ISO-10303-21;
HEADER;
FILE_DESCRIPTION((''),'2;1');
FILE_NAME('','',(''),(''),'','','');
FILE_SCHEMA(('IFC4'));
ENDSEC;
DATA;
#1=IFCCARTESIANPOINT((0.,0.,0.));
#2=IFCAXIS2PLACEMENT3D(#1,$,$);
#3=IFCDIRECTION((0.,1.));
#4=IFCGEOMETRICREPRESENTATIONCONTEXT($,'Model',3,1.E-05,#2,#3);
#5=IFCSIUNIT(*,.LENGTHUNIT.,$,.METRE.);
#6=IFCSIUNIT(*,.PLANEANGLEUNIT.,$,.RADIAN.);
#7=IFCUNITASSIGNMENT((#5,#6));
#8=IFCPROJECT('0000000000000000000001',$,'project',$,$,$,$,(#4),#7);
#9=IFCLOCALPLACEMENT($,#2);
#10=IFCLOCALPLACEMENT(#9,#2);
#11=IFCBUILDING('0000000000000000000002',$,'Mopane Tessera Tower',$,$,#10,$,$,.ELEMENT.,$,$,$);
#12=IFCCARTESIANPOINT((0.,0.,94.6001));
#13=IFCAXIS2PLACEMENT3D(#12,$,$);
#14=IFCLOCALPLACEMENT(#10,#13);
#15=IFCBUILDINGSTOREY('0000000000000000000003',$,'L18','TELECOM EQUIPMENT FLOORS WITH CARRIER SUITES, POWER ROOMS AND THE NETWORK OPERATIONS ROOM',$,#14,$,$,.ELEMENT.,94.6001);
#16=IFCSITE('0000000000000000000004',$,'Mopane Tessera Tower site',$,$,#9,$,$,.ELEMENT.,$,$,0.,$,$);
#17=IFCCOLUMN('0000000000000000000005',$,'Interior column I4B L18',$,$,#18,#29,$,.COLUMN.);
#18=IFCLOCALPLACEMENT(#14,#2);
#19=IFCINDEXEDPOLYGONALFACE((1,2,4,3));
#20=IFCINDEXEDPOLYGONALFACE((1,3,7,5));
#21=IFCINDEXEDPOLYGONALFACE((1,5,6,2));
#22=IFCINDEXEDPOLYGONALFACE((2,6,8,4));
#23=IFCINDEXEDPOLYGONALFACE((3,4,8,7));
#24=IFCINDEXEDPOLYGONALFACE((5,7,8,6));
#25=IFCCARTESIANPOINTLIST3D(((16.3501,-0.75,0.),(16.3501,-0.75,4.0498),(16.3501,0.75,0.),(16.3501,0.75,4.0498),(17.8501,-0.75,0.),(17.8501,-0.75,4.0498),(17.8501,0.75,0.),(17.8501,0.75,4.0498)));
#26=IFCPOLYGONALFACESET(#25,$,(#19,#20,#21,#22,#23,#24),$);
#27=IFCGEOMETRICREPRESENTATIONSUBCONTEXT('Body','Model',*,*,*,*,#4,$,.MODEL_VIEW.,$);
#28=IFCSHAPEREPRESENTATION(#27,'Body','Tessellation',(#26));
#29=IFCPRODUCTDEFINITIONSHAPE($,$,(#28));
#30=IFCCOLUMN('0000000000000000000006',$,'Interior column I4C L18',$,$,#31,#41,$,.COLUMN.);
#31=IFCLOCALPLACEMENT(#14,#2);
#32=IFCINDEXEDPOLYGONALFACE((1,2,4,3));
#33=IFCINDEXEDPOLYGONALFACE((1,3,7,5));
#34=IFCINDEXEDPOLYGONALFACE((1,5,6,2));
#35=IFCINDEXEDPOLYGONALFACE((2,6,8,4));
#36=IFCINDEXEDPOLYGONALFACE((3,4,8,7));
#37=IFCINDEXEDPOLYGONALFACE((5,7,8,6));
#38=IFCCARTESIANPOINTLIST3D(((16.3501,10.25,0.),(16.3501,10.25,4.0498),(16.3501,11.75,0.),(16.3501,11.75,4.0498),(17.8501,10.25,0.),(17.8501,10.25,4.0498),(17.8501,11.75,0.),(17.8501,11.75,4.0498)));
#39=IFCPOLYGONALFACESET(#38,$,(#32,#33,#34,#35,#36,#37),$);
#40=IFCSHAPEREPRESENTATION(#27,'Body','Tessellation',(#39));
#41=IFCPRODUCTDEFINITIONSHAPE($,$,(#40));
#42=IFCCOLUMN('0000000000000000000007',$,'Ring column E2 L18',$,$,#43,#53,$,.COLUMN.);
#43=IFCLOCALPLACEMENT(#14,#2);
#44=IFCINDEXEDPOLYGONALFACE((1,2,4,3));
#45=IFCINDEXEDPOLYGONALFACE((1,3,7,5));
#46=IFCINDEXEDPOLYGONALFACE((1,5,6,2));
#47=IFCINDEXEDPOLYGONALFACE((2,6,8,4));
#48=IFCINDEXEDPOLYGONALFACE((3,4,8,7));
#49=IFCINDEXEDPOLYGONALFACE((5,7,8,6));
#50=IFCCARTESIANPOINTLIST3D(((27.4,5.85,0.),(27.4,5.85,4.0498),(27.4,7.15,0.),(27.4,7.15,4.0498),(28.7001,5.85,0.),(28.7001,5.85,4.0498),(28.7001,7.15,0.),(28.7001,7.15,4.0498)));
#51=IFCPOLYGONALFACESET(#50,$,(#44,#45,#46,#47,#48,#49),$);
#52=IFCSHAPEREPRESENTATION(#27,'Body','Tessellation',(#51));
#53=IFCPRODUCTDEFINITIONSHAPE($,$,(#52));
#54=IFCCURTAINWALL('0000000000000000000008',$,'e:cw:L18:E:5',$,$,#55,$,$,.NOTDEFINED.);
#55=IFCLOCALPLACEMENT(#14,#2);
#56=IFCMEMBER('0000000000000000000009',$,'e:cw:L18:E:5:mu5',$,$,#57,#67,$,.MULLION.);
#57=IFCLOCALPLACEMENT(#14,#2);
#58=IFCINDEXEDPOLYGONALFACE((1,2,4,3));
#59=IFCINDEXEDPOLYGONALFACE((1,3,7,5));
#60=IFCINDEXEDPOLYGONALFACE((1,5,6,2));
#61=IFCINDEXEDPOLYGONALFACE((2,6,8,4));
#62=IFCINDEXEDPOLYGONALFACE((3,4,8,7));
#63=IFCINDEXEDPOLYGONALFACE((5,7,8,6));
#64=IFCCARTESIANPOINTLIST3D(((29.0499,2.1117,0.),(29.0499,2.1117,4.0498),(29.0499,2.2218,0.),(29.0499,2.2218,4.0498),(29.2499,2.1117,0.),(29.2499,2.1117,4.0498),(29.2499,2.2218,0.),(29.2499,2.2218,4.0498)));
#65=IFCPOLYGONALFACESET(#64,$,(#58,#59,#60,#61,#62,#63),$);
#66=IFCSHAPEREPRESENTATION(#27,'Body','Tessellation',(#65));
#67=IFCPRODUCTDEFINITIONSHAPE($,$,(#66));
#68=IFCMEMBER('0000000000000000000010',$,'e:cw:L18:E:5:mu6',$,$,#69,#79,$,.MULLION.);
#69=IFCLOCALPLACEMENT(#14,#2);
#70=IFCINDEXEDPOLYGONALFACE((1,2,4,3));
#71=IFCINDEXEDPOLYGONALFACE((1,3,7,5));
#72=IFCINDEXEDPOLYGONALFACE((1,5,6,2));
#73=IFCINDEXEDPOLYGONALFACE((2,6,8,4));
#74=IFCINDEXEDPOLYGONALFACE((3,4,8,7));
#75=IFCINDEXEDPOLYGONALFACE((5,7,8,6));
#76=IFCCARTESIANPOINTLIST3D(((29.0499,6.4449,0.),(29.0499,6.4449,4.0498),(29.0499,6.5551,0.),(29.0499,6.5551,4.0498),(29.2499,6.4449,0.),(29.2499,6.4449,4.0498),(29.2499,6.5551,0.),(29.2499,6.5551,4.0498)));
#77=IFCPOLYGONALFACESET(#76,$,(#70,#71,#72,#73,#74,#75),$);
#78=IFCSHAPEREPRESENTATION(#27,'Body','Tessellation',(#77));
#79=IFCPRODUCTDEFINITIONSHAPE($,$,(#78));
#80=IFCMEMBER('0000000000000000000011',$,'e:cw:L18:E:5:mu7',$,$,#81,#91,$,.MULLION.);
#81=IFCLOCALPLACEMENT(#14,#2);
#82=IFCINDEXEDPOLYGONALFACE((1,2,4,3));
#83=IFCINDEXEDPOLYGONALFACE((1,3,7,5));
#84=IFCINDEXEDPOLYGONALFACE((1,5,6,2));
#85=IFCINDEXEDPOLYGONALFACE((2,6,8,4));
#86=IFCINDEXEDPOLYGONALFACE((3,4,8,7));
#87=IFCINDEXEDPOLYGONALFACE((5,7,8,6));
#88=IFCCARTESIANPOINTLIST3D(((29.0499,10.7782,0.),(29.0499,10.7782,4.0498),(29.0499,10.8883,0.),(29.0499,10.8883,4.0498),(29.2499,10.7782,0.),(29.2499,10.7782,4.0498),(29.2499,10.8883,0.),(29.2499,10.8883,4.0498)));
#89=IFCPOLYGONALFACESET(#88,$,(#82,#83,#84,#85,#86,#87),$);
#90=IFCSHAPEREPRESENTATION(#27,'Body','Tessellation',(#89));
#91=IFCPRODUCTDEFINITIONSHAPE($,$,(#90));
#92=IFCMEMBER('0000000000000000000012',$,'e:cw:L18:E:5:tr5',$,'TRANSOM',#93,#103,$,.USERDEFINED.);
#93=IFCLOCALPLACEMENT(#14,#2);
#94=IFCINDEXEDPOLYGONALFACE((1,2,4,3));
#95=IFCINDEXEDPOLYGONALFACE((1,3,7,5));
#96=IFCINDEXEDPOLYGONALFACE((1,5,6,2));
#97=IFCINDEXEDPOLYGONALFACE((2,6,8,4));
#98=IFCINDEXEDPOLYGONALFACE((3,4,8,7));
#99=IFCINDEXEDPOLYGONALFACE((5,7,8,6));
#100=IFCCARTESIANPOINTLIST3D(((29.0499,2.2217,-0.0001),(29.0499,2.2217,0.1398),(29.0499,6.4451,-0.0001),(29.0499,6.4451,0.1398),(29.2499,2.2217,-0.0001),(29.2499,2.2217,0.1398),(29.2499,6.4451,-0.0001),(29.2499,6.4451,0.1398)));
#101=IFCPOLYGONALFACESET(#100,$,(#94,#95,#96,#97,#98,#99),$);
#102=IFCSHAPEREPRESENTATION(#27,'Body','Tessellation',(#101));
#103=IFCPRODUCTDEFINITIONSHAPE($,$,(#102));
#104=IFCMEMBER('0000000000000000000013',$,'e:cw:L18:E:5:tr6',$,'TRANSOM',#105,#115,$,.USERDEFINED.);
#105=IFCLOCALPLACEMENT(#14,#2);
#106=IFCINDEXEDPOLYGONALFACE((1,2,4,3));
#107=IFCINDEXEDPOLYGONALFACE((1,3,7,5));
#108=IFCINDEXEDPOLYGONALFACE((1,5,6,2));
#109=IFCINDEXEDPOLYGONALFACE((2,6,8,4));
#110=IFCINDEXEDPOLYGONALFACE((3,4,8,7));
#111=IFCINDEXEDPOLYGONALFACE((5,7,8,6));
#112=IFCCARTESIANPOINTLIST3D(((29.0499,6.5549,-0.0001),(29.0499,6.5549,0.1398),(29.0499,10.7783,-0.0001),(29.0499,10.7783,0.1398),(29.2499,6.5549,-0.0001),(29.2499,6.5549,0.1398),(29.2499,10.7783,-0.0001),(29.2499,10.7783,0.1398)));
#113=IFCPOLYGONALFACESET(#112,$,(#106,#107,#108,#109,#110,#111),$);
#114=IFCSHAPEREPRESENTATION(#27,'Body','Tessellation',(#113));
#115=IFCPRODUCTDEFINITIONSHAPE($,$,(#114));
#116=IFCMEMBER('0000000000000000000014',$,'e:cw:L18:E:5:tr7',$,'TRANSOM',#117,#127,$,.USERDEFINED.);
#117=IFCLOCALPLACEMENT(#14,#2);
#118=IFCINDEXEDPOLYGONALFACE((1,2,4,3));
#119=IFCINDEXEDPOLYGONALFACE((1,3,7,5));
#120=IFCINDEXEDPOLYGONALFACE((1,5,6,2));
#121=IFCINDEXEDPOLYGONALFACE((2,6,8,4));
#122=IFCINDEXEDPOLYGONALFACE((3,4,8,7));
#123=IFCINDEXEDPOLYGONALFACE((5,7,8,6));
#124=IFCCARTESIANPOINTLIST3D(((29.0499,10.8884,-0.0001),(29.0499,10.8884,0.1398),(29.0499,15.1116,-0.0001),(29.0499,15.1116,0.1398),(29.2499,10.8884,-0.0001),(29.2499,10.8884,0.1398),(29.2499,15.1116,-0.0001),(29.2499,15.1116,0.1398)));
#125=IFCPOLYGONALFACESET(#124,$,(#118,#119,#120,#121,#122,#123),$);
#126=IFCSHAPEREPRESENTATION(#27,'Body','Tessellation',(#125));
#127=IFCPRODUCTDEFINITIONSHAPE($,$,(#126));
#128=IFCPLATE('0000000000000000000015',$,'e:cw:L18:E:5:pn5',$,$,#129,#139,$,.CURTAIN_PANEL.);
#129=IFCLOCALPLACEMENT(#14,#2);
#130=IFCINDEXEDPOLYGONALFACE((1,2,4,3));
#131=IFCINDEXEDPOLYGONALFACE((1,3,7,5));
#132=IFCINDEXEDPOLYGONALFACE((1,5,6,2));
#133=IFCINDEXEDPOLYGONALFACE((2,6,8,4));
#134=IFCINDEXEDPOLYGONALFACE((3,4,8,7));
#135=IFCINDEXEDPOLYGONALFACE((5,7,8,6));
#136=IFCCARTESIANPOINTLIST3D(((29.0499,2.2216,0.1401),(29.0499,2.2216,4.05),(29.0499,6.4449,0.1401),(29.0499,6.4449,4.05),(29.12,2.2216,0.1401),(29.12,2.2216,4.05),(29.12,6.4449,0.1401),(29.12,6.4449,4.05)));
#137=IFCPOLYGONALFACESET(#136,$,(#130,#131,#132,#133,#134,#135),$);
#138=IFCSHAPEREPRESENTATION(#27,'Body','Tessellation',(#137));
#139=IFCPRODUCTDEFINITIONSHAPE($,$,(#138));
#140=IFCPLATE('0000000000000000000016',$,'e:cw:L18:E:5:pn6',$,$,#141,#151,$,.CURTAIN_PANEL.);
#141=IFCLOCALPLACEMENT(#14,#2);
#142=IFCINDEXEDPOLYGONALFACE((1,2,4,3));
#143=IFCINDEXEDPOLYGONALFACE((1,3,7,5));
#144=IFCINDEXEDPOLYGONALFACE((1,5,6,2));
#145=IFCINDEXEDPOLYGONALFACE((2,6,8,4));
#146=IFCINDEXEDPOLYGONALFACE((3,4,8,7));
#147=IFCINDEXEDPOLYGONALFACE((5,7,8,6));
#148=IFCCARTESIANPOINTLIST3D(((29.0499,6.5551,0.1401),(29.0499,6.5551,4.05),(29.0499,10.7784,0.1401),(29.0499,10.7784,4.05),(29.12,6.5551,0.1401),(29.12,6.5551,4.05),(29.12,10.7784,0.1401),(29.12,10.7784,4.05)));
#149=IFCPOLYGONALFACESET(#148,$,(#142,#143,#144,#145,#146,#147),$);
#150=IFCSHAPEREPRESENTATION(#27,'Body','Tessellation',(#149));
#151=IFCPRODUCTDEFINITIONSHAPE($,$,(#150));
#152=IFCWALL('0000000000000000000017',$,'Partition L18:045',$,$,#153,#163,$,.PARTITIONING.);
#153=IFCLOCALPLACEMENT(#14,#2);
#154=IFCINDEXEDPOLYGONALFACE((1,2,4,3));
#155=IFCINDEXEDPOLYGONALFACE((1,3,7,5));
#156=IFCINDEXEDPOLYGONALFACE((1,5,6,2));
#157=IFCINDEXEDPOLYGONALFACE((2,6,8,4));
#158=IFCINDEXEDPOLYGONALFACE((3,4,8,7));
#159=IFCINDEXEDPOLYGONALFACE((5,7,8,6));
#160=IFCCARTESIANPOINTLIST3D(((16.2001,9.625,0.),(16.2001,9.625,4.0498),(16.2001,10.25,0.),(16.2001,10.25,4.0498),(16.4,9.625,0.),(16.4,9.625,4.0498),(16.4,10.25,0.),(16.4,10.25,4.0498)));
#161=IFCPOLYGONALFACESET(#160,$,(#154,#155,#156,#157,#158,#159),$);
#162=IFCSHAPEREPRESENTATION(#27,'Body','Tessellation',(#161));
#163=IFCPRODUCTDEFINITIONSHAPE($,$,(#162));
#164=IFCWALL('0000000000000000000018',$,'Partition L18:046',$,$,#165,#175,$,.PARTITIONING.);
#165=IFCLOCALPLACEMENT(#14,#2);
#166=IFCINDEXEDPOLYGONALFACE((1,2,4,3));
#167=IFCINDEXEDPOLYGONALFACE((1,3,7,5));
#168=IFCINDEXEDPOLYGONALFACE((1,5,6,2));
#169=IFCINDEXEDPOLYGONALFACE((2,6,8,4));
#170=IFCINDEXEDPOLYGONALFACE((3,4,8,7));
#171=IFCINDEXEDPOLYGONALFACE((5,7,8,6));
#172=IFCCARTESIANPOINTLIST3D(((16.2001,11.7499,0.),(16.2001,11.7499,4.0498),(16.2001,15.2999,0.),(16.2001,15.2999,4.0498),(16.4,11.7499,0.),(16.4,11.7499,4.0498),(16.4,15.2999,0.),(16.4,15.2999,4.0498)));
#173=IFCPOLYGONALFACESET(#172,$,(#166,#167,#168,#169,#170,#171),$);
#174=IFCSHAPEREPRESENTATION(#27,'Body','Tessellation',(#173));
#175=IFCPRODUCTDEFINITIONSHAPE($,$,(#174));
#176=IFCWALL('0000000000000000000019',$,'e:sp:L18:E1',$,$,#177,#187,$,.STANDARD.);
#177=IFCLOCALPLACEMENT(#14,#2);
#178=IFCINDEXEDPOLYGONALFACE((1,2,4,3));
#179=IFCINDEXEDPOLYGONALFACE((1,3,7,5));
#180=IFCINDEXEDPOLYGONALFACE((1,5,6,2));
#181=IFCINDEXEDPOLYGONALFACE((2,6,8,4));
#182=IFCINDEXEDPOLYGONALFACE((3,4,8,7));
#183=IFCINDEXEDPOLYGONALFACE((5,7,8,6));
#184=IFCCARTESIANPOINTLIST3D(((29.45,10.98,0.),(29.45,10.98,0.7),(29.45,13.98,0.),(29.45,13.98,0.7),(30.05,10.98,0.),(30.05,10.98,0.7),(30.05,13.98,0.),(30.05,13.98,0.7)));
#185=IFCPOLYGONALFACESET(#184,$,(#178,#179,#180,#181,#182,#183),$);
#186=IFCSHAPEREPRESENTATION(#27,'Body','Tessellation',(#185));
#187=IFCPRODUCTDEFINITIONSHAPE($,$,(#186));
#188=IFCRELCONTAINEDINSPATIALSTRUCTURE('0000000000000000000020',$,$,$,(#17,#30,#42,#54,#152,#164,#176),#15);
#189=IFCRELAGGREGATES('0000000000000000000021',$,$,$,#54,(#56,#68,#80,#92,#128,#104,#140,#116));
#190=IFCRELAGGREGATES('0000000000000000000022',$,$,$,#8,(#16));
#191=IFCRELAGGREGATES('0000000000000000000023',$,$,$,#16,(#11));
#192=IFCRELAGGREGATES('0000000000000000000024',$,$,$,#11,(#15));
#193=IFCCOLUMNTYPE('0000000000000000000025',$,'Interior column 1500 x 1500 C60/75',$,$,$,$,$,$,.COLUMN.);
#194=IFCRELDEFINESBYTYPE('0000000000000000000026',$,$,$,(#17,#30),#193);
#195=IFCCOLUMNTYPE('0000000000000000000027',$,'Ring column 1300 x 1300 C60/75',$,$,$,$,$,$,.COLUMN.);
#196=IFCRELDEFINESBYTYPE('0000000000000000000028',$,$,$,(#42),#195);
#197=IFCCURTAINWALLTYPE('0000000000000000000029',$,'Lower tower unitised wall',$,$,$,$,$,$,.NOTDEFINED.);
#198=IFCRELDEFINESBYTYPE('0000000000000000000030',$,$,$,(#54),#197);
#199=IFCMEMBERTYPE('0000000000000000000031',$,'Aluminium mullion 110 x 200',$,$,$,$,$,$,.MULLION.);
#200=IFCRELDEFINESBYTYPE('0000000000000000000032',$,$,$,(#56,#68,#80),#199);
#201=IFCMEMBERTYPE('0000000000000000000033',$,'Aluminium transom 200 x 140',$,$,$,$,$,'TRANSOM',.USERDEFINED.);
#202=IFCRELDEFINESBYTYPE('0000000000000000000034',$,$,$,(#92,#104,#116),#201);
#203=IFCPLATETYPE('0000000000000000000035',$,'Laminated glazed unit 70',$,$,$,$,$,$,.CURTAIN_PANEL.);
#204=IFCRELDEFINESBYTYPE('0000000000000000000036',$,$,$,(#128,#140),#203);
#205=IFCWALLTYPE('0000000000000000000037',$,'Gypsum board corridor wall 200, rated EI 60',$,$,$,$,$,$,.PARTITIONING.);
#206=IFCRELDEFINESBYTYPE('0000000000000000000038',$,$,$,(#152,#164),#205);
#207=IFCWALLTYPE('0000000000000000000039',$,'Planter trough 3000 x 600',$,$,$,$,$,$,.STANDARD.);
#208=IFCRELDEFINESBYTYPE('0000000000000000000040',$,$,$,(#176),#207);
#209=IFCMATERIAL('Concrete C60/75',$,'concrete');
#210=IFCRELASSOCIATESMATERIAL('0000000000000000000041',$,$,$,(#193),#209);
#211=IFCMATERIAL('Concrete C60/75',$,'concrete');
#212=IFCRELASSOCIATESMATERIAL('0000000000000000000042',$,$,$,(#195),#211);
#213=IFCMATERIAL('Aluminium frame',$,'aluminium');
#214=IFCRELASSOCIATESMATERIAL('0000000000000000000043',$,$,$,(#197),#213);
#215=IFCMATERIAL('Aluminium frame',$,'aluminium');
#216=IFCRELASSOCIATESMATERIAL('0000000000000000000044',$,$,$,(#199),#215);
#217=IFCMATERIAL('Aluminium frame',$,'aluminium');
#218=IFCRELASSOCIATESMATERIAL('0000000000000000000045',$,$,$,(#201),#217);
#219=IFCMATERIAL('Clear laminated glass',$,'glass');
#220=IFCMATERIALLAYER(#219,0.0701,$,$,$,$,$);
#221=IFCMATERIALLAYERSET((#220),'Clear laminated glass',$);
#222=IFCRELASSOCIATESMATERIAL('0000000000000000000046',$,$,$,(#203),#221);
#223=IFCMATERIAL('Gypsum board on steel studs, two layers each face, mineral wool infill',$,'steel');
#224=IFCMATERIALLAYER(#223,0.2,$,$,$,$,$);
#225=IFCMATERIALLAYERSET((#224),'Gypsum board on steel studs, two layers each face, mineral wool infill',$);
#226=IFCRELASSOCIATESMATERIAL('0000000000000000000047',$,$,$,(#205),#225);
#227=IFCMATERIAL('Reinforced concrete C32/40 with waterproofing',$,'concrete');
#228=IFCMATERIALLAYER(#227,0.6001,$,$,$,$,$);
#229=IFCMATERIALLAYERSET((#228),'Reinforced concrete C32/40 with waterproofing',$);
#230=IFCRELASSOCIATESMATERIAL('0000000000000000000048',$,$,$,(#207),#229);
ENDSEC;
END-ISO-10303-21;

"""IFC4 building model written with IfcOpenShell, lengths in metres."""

from ifc_helpers import new_model, si_unit, direction, frame, frame_2d, origin, origin_2d, place, context, subcontext, project, spatial, rectangle, extrude, material, layer, layer_set, material_profile, profile_set, type_object, element, aggregate, save


model = new_model("IFC4")

# Units and contexts
model_context = context("Model", 3, precision=1e-05, world=origin(), true_north=direction((0.0, 1.0)))
body_context = subcontext(model_context, "Body", "Model", "MODEL_VIEW")
ifc_project = project(units=[si_unit("LENGTHUNIT", "METRE"), si_unit("PLANEANGLEUNIT", "RADIAN")], contexts=[model_context])

# Site, building, storey
site_placement = place(None, origin())
site = spatial("IfcSite", under=ifc_project, at=site_placement, Name="Mopane Tessera Tower site", CompositionType="ELEMENT", RefElevation=0.0)
building_placement = place(site_placement, origin())
building = spatial("IfcBuilding", under=site, at=building_placement, Name="Mopane Tessera Tower", CompositionType="ELEMENT")
storey_placement = place(building_placement, frame((0.0, 0.0, 94.6001)))
storey = spatial("IfcBuildingStorey", under=building, at=storey_placement, Name="L18", Description="TELECOM EQUIPMENT FLOORS WITH CARRIER SUITES, POWER ROOMS AND THE NETWORK OPERATIONS ROOM", CompositionType="ELEMENT", Elevation=94.6001)

# Columns
ifc_material_1 = material(Name="Concrete C60/75", Category="concrete")
ifc_material_profile_1 = material_profile(ifc_material_1, rectangle(XDim=1.5, YDim=1.5, at=origin_2d()))
ifc_profile_set_1 = profile_set([ifc_material_profile_1], Name="Concrete C60/75")
column_type_1 = type_object("IfcColumnType", Name="Interior column 1500 x 1500 C60/75", PredefinedType="COLUMN", material=ifc_profile_set_1)
for number, where, z_axis, x_axis, name in (
    (1, (17.1001, 0.0, 0.0), (0.0, 0.0, 1.0), (1.0, 0.0, 0.0), "Interior column I4B L18"),
    (2, (17.1001, 11.0, 0.0), (0.0, 0.0, 1.0), (1.0, 0.0, 0.0), "Interior column I4C L18"),
):
    element("IfcColumn", number, at=place(storey_placement, frame(where, z_axis=z_axis, x_axis=x_axis)), inside=storey, type_object=column_type_1, Name=name, PredefinedType="COLUMN", context=body_context, shape_type="SweptSolid", body=[
        extrude(rectangle(XDim=1.5, YDim=1.5, at=origin_2d()), origin(), (0.0, 0.0, 1.0), 4.0498),
    ])
ifc_material_2 = material(Name="Concrete C60/75", Category="concrete")
ifc_material_profile_2 = material_profile(ifc_material_2, rectangle(XDim=1.3, YDim=1.3, at=origin_2d()))
ifc_profile_set_2 = profile_set([ifc_material_profile_2], Name="Concrete C60/75")
column_type_2 = type_object("IfcColumnType", Name="Ring column 1300 x 1300 C60/75", PredefinedType="COLUMN", material=ifc_profile_set_2)
column_placement = place(storey_placement, frame((28.05, 6.5, 0.0), z_axis=(0.0, 0.0, 1.0), x_axis=(1.0, 0.0, 0.0)))
element("IfcColumn", 3, at=column_placement, inside=storey, type_object=column_type_2, Name="Ring column E2 L18", PredefinedType="COLUMN", context=body_context, shape_type="SweptSolid", body=[
    extrude(rectangle(XDim=1.3, YDim=1.3, at=origin_2d()), origin(), (0.0, 0.0, 1.0), 4.0498),
])

# Curtain wall, members, plates
ifc_material_3 = material(Name="Aluminium frame", Category="aluminium")
curtain_wall_type = type_object("IfcCurtainWallType", Name="Lower tower unitised wall", PredefinedType="NOTDEFINED", material=ifc_material_3)
curtain_wall_placement = place(storey_placement, origin())
curtain_wall = element("IfcCurtainWall", 4, at=curtain_wall_placement, inside=storey, type_object=curtain_wall_type, Name="e:cw:L18:E:5", PredefinedType="NOTDEFINED")
ifc_material_4 = material(Name="Aluminium frame", Category="aluminium")
ifc_material_profile_3 = material_profile(ifc_material_4, rectangle(XDim=0.1101, YDim=0.2, at=origin_2d()))
ifc_profile_set_3 = profile_set([ifc_material_profile_3], Name="Aluminium frame")
member_type_1 = type_object("IfcMemberType", Name="Aluminium mullion 110 x 200", PredefinedType="MULLION", material=ifc_profile_set_3)
member_1_placement = place(storey_placement, frame((29.1499, 2.1667, 0.0), z_axis=(0.0, 0.0, 1.0), x_axis=(0.0, 1.0, 0.0)))
member_1 = element("IfcMember", 5, at=member_1_placement, type_object=member_type_1, Name="e:cw:L18:E:5:mu5", PredefinedType="MULLION", context=body_context, shape_type="SweptSolid", body=[
    extrude(rectangle(XDim=0.1101, YDim=0.2, at=origin_2d()), origin(), (0.0, 0.0, 1.0), 4.0498),
])
member_2_placement = place(storey_placement, frame((29.1499, 6.5, 0.0), z_axis=(0.0, 0.0, 1.0), x_axis=(0.0, 1.0, 0.0)))
member_2 = element("IfcMember", 6, at=member_2_placement, type_object=member_type_1, Name="e:cw:L18:E:5:mu6", PredefinedType="MULLION", context=body_context, shape_type="SweptSolid", body=[
    extrude(rectangle(XDim=0.1101, YDim=0.2, at=origin_2d()), origin(), (0.0, 0.0, 1.0), 4.0498),
])
member_3_placement = place(storey_placement, frame((29.1499, 10.8333, 0.0), z_axis=(0.0, 0.0, 1.0), x_axis=(0.0, 1.0, 0.0)))
member_3 = element("IfcMember", 7, at=member_3_placement, type_object=member_type_1, Name="e:cw:L18:E:5:mu7", PredefinedType="MULLION", context=body_context, shape_type="SweptSolid", body=[
    extrude(rectangle(XDim=0.1101, YDim=0.2, at=origin_2d()), origin(), (0.0, 0.0, 1.0), 4.0498),
])
ifc_material_5 = material(Name="Aluminium frame", Category="aluminium")
ifc_material_profile_4 = material_profile(ifc_material_5, rectangle(XDim=0.2, YDim=0.1399, at=origin_2d()))
ifc_profile_set_4 = profile_set([ifc_material_profile_4], Name="Aluminium frame")
member_type_2 = type_object("IfcMemberType", Name="Aluminium transom 200 x 140", ElementType="TRANSOM", PredefinedType="USERDEFINED", material=ifc_profile_set_4)
member_4_placement = place(storey_placement, frame((29.1499, 2.2217, 0.0698), z_axis=(0.0, 1.0, 0.0), x_axis=(-1.0, 0.0, 0.0)))
member_4 = element("IfcMember", 8, at=member_4_placement, type_object=member_type_2, Name="e:cw:L18:E:5:tr5", ObjectType="TRANSOM", PredefinedType="USERDEFINED", context=body_context, shape_type="SweptSolid", body=[
    extrude(rectangle(XDim=0.2, YDim=0.1399, at=origin_2d()), origin(), (0.0, 0.0, 1.0), 4.2234),
])
member_5_placement = place(storey_placement, frame((29.1499, 6.5549, 0.0698), z_axis=(0.0, 1.0, 0.0), x_axis=(-1.0, 0.0, 0.0)))
member_5 = element("IfcMember", 9, at=member_5_placement, type_object=member_type_2, Name="e:cw:L18:E:5:tr6", ObjectType="TRANSOM", PredefinedType="USERDEFINED", context=body_context, shape_type="SweptSolid", body=[
    extrude(rectangle(XDim=0.2, YDim=0.1399, at=origin_2d()), origin(), (0.0, 0.0, 1.0), 4.2234),
])
member_6_placement = place(storey_placement, frame((29.1499, 10.8884, 0.0698), z_axis=(0.0, 1.0, 0.0), x_axis=(-1.0, 0.0, 0.0)))
member_6 = element("IfcMember", 10, at=member_6_placement, type_object=member_type_2, Name="e:cw:L18:E:5:tr7", ObjectType="TRANSOM", PredefinedType="USERDEFINED", context=body_context, shape_type="SweptSolid", body=[
    extrude(rectangle(XDim=0.2, YDim=0.1399, at=origin_2d()), origin(), (0.0, 0.0, 1.0), 4.2231),
])
ifc_material_6 = material(Name="Clear laminated glass", Category="glass")
ifc_layer_1 = layer(ifc_material_6, 0.0701)
ifc_layer_set_1 = layer_set([ifc_layer_1], Name="Clear laminated glass")
plate_type = type_object("IfcPlateType", Name="Laminated glazed unit 70", PredefinedType="CURTAIN_PANEL", material=ifc_layer_set_1)
plate_1_placement = place(storey_placement, frame((29.085, 4.3333, 0.1401), z_axis=(0.0, 0.0, 1.0), x_axis=(0.0, 1.0, 0.0)))
plate_1 = element("IfcPlate", 11, at=plate_1_placement, type_object=plate_type, Name="e:cw:L18:E:5:pn5", PredefinedType="CURTAIN_PANEL", context=body_context, shape_type="SweptSolid", body=[
    extrude(rectangle(XDim=4.2234, YDim=0.0701, at=origin_2d()), origin(), (0.0, 0.0, 1.0), 3.9099),
])
plate_2_placement = place(storey_placement, frame((29.085, 8.6667, 0.1401), z_axis=(0.0, 0.0, 1.0), x_axis=(0.0, 1.0, 0.0)))
plate_2 = element("IfcPlate", 12, at=plate_2_placement, type_object=plate_type, Name="e:cw:L18:E:5:pn6", PredefinedType="CURTAIN_PANEL", context=body_context, shape_type="SweptSolid", body=[
    extrude(rectangle(XDim=4.2234, YDim=0.0701, at=origin_2d()), origin(), (0.0, 0.0, 1.0), 3.9099),
])
aggregate(curtain_wall, [member_1, member_2, member_3, member_4, plate_1, member_5, plate_2, member_6])

# Walls
ifc_material_7 = material(Name="Gypsum board on steel studs, two layers each face, mineral wool infill", Category="steel")
ifc_layer_2 = layer(ifc_material_7, 0.2)
ifc_layer_set_2 = layer_set([ifc_layer_2], Name="Gypsum board on steel studs, two layers each face, mineral wool infill")
wall_type_1 = type_object("IfcWallType", Name="Gypsum board corridor wall 200, rated EI 60", PredefinedType="PARTITIONING", material=ifc_layer_set_2)
wall_1_placement = place(storey_placement, frame((16.3, 9.625, 0.0), z_axis=(0.0, 0.0, 1.0), x_axis=(0.0, 1.0, 0.0)))
element("IfcWall", 13, at=wall_1_placement, inside=storey, type_object=wall_type_1, Name="Partition L18:045", PredefinedType="PARTITIONING", context=body_context, shape_type="SweptSolid", body=[
    extrude(rectangle(XDim=0.625, YDim=0.2, at=frame_2d((0.3125, 0.0))), origin(), (0.0, 0.0, 1.0), 4.0498),
])
wall_2_placement = place(storey_placement, frame((16.3, 11.75, 0.0), z_axis=(0.0, 0.0, 1.0), x_axis=(0.0, 1.0, 0.0)))
element("IfcWall", 14, at=wall_2_placement, inside=storey, type_object=wall_type_1, Name="Partition L18:046", PredefinedType="PARTITIONING", context=body_context, shape_type="SweptSolid", body=[
    extrude(rectangle(XDim=3.55, YDim=0.2, at=frame_2d((1.7749, 0.0))), origin(), (0.0, 0.0, 1.0), 4.0498),
])
ifc_material_8 = material(Name="Reinforced concrete C32/40 with waterproofing", Category="concrete")
ifc_layer_3 = layer(ifc_material_8, 0.6001)
ifc_layer_set_3 = layer_set([ifc_layer_3], Name="Reinforced concrete C32/40 with waterproofing")
wall_type_2 = type_object("IfcWallType", Name="Planter trough 3000 x 600", PredefinedType="STANDARD", material=ifc_layer_set_3)
wall_3_placement = place(storey_placement, frame((29.75, 10.98, 0.0), z_axis=(0.0, 0.0, 1.0), x_axis=(0.0, 1.0, 0.0)))
element("IfcWall", 15, at=wall_3_placement, inside=storey, type_object=wall_type_2, Name="e:sp:L18:E1", PredefinedType="STANDARD", context=body_context, shape_type="SweptSolid", body=[
    extrude(rectangle(XDim=3.0, YDim=0.6001, at=frame_2d((1.5, 0.0))), origin(), (0.0, 0.0, 1.0), 0.7),
])

save(model, "model.ifc")
